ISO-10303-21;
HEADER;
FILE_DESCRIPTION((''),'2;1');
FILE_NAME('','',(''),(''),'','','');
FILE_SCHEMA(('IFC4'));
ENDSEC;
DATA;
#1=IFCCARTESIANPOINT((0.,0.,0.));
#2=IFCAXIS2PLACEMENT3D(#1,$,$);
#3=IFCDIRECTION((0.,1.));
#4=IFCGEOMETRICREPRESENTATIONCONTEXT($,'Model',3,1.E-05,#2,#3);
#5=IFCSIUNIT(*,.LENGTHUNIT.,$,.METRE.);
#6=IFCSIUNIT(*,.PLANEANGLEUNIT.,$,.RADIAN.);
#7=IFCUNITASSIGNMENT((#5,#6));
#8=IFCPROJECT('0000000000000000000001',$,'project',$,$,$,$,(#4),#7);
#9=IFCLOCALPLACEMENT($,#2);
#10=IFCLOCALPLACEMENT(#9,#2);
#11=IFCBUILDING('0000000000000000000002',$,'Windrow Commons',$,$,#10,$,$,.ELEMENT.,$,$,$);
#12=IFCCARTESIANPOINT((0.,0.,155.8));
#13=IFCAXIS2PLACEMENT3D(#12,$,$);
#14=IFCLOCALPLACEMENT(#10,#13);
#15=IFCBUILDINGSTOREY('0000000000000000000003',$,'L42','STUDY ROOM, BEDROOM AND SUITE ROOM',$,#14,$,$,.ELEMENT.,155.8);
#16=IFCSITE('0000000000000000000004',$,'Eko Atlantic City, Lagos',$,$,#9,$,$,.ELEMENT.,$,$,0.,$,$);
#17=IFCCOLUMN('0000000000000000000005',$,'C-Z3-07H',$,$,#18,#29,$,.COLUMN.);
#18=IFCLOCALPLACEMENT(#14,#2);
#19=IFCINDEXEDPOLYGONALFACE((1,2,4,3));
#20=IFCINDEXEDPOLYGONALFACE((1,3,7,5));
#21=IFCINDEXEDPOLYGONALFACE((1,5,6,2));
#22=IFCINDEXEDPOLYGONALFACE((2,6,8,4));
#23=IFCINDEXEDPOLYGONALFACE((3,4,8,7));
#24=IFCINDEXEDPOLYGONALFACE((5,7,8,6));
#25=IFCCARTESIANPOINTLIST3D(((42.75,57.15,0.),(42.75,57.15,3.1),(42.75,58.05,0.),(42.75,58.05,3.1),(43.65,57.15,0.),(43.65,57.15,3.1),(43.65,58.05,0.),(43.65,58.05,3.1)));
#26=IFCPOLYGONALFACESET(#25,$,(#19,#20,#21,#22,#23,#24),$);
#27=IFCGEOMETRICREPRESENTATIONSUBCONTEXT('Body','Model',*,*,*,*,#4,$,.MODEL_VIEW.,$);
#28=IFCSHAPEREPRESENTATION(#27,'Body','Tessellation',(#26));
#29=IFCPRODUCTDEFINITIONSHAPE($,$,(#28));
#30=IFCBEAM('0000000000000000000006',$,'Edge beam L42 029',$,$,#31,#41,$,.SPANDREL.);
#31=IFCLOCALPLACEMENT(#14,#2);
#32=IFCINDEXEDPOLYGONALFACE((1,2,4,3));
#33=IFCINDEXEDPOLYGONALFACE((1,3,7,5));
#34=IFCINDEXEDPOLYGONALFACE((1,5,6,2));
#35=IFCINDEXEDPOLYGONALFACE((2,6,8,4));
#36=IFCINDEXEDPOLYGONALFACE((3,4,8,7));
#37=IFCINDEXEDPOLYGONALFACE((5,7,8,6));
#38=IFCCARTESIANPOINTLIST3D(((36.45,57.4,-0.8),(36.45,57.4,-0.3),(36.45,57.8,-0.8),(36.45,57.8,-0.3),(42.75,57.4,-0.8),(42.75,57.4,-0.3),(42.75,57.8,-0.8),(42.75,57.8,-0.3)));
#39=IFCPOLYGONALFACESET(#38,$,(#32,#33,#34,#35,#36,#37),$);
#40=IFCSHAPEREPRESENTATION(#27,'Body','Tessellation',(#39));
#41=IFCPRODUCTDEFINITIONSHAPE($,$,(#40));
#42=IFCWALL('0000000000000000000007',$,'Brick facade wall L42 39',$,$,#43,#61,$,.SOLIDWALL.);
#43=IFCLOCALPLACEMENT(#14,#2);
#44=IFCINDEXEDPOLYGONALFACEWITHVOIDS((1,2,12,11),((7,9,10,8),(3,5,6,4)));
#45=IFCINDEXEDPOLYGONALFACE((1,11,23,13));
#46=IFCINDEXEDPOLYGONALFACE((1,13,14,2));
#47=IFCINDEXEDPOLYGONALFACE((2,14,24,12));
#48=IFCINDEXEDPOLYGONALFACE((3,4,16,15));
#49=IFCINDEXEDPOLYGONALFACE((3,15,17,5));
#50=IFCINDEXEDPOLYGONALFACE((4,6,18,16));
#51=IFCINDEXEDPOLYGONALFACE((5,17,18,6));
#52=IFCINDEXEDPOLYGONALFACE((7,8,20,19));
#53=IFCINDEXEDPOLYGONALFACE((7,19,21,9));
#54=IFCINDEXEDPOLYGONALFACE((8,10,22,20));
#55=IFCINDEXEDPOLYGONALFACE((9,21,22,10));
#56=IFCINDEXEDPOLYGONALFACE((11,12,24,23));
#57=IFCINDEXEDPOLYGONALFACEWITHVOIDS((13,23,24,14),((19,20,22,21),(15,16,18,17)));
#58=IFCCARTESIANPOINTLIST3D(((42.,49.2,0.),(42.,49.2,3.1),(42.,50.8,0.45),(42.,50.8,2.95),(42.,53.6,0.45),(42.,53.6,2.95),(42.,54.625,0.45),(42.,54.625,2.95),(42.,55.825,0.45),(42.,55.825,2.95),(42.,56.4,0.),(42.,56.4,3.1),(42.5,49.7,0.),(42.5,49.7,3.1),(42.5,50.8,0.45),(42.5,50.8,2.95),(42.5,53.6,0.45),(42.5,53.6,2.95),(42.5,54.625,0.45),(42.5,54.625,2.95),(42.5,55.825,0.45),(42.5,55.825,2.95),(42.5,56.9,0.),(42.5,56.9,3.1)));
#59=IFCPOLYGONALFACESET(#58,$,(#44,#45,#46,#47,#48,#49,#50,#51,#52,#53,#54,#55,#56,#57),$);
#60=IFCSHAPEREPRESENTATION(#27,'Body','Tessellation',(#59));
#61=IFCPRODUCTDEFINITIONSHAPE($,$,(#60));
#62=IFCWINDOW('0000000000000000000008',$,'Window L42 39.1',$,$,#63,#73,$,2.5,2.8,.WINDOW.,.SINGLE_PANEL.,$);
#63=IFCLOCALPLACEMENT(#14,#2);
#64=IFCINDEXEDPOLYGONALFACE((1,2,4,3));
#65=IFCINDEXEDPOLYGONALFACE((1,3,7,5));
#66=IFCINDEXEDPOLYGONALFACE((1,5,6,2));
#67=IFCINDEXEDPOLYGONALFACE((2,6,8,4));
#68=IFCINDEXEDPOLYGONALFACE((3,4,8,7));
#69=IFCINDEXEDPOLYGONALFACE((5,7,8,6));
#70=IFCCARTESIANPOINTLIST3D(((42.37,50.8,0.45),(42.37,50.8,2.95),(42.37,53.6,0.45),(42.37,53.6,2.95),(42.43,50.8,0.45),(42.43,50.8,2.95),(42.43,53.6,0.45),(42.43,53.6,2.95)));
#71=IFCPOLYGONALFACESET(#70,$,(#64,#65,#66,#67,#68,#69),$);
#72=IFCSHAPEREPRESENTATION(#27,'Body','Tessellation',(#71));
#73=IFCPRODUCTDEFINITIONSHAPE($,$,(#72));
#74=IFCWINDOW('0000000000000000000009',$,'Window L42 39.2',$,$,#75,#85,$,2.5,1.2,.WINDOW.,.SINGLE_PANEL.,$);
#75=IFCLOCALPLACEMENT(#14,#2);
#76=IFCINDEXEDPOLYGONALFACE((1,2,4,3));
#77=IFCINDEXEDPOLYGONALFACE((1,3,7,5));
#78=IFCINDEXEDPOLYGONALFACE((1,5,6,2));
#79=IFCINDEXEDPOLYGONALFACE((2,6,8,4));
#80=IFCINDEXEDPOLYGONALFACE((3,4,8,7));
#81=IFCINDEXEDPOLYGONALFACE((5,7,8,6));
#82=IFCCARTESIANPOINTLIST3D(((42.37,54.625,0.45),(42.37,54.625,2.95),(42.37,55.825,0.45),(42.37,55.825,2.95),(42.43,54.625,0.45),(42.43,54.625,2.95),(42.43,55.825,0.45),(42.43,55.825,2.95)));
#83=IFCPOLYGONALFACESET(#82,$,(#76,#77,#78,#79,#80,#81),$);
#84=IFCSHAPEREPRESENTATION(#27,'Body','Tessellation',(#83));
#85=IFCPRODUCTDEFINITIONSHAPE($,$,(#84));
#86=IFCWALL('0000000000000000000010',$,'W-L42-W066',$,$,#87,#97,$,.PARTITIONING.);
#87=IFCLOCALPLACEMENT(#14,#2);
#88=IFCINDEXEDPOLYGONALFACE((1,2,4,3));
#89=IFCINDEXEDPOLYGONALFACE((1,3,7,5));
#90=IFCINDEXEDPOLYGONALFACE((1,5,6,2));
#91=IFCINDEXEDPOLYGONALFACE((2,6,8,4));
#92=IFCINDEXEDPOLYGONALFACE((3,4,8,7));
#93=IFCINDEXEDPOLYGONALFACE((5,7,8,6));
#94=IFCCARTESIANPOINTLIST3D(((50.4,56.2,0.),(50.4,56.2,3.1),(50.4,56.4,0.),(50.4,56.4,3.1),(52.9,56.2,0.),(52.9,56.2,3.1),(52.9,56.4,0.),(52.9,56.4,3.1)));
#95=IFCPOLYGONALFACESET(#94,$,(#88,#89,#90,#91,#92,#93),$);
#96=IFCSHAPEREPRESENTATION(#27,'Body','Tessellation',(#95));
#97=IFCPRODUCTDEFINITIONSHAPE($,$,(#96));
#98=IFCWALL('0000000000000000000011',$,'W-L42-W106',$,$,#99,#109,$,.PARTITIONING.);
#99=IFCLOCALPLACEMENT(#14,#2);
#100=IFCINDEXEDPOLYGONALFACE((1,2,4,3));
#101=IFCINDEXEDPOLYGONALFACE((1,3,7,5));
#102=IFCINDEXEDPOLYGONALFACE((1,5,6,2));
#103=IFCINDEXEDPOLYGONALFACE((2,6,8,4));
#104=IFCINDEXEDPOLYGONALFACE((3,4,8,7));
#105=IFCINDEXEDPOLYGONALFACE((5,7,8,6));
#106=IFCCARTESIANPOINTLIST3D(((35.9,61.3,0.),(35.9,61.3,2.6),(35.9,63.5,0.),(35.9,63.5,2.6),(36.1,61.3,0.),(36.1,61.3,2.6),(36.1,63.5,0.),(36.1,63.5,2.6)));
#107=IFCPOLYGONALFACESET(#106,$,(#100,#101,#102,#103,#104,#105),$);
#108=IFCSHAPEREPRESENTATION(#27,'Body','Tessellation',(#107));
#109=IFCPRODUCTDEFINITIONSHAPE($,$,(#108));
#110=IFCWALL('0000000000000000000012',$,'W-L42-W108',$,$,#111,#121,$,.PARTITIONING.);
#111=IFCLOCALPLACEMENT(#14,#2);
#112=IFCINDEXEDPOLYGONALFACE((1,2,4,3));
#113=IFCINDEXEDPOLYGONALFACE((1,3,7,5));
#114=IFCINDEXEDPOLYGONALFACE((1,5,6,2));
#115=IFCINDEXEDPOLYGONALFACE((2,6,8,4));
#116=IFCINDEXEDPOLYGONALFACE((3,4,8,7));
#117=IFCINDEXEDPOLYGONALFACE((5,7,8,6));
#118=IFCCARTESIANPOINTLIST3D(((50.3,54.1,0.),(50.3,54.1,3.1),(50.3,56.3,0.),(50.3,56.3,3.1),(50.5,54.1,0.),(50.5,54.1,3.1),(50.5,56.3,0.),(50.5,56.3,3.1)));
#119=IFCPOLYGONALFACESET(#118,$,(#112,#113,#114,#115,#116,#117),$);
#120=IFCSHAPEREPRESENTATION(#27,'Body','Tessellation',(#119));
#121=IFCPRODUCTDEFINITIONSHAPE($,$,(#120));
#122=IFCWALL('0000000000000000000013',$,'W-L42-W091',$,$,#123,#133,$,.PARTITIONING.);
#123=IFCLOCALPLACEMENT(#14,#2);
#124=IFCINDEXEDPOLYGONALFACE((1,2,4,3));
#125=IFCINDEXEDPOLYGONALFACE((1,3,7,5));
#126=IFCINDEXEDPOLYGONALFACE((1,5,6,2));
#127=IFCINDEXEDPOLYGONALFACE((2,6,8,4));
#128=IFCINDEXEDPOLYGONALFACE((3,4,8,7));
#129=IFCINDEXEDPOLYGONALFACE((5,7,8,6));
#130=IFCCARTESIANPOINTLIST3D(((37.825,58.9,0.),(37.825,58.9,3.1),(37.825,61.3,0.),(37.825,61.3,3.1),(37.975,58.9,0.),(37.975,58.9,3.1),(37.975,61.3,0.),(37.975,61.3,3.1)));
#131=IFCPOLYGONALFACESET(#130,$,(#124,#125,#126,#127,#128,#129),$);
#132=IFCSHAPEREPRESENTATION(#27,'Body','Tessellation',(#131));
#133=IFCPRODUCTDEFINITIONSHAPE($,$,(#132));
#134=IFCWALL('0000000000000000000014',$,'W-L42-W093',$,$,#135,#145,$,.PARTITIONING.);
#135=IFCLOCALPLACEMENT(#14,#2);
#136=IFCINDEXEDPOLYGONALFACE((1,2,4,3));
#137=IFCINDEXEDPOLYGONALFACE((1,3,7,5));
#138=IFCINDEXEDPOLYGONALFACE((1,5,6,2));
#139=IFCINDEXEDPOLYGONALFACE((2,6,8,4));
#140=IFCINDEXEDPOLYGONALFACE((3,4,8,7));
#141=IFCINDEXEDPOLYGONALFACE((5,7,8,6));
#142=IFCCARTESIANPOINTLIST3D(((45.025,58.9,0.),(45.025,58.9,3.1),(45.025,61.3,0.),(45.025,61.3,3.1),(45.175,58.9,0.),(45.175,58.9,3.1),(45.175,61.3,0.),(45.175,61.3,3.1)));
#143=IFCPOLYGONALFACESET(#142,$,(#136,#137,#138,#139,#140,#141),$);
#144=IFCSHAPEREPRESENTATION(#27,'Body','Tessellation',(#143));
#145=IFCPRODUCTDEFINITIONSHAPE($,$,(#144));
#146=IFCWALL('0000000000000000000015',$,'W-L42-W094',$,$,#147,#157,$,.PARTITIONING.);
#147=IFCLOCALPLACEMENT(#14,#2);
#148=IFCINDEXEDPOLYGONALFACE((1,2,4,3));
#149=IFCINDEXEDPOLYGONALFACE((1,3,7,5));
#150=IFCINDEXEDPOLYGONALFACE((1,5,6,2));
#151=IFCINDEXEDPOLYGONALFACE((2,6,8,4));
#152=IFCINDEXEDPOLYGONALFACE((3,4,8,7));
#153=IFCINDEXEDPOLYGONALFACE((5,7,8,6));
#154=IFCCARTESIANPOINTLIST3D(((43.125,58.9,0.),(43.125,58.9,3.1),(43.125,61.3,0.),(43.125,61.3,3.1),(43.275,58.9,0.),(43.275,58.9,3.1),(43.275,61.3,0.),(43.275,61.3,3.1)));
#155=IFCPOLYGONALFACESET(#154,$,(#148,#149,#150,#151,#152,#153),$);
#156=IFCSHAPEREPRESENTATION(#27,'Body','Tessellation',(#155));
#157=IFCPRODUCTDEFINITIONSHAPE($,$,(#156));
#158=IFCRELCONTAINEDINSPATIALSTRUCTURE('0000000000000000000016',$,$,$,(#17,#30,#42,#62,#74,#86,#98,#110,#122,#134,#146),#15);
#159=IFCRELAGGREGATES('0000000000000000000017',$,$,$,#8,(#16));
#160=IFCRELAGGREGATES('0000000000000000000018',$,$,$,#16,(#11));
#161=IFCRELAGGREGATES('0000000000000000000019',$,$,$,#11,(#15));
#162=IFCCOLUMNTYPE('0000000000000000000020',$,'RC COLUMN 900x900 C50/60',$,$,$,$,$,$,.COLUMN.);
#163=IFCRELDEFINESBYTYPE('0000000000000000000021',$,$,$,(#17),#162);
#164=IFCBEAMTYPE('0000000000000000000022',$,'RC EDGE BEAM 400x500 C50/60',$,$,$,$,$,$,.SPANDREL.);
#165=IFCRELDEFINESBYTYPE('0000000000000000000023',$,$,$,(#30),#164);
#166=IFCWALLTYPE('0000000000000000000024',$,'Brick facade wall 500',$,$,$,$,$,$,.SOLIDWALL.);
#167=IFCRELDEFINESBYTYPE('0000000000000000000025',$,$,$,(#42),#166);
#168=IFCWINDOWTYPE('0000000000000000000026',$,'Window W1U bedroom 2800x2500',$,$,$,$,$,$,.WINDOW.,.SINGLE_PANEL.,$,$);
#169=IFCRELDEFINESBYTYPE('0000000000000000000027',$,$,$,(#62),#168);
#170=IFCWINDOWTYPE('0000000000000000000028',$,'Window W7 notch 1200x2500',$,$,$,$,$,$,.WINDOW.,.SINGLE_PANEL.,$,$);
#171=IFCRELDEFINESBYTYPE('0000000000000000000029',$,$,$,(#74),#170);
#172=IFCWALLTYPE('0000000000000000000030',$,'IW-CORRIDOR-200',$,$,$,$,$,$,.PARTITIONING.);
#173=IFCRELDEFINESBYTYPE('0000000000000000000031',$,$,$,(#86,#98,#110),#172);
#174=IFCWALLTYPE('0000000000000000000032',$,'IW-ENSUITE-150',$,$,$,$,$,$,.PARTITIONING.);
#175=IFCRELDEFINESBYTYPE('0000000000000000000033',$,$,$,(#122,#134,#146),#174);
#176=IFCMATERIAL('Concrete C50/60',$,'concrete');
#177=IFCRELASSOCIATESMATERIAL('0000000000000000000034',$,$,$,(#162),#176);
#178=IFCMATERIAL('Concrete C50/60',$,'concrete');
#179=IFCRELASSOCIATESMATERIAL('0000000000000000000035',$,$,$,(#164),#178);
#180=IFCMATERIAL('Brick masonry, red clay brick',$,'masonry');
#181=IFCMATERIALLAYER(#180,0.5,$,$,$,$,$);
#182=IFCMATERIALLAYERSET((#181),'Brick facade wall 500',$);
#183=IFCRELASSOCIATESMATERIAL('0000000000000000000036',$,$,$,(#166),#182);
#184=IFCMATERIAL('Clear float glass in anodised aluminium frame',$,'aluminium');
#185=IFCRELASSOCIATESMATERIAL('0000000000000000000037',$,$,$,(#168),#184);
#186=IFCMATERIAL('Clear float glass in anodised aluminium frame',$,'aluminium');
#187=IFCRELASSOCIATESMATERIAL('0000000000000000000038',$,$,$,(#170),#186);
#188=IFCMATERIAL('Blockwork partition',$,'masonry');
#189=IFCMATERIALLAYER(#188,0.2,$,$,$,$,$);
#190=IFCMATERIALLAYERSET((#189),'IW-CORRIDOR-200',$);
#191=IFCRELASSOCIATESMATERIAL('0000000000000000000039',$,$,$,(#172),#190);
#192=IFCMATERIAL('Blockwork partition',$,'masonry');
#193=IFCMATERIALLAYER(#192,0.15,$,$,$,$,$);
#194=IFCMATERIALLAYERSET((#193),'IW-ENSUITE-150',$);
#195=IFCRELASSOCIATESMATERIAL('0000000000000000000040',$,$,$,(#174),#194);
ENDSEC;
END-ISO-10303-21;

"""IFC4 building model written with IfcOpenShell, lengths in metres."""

from ifc_helpers import new_model, si_unit, direction, frame, frame_2d, origin, origin_2d, place, context, subcontext, project, spatial, polyline, rectangle, outline, extrude, material, layer, layer_set, material_profile, profile_set, type_object, element, fill, save


model = new_model("IFC4")

# Units and contexts
model_context = context("Model", 3, precision=1e-05, world=origin(), true_north=direction((0.0, 1.0)))
body_context = subcontext(model_context, "Body", "Model", "MODEL_VIEW")
ifc_project = project(units=[si_unit("LENGTHUNIT", "METRE"), si_unit("PLANEANGLEUNIT", "RADIAN")], contexts=[model_context])

# Site, building, storey
site_placement = place(None, origin())
site = spatial("IfcSite", under=ifc_project, at=site_placement, Name="Eko Atlantic City, Lagos", CompositionType="ELEMENT", RefElevation=0.0)
building_placement = place(site_placement, origin())
building = spatial("IfcBuilding", under=site, at=building_placement, Name="Windrow Commons", CompositionType="ELEMENT")
storey_placement = place(building_placement, frame((0.0, 0.0, 155.8)))
storey = spatial("IfcBuildingStorey", under=building, at=storey_placement, Name="L42", Description="STUDY ROOM, BEDROOM AND SUITE ROOM", CompositionType="ELEMENT", Elevation=155.8)

# Column
ifc_material_1 = material(Name="Concrete C50/60", Category="concrete")
ifc_material_profile_1 = material_profile(ifc_material_1, rectangle(XDim=0.9, YDim=0.9, at=origin_2d()))
ifc_profile_set_1 = profile_set([ifc_material_profile_1], Name="Concrete C50/60")
column_type = type_object("IfcColumnType", Name="RC COLUMN 900x900 C50/60", PredefinedType="COLUMN", material=ifc_profile_set_1)
column_placement = place(storey_placement, frame((43.2, 57.6, 0.0), z_axis=(0.0, 0.0, 1.0), x_axis=(1.0, 0.0, 0.0)))
element("IfcColumn", 1, at=column_placement, inside=storey, type_object=column_type, Name="C-Z3-07H", PredefinedType="COLUMN", context=body_context, shape_type="SweptSolid", body=[
    extrude(rectangle(XDim=0.9, YDim=0.9, at=origin_2d()), origin(), (0.0, 0.0, 1.0), 3.1),
])

# Beam
ifc_material_2 = material(Name="Concrete C50/60", Category="concrete")
ifc_material_profile_2 = material_profile(ifc_material_2, rectangle(XDim=0.4, YDim=0.5, at=origin_2d()))
ifc_profile_set_2 = profile_set([ifc_material_profile_2], Name="Concrete C50/60")
beam_type = type_object("IfcBeamType", Name="RC EDGE BEAM 400x500 C50/60", PredefinedType="SPANDREL", material=ifc_profile_set_2)
beam_placement = place(storey_placement, frame((42.75, 57.6, -0.55), z_axis=(-1.0, 0.0, 0.0), x_axis=(0.0, -1.0, 0.0)))
element("IfcBeam", 2, at=beam_placement, inside=storey, type_object=beam_type, Name="Edge beam L42 029", PredefinedType="SPANDREL", context=body_context, shape_type="SweptSolid", body=[
    extrude(rectangle(XDim=0.4, YDim=0.5, at=origin_2d()), origin(), (0.0, 0.0, 1.0), 6.3),
])

# Wall, openings, windows
ifc_material_3 = material(Name="Brick masonry, red clay brick", Category="masonry")
ifc_layer_1 = layer(ifc_material_3, 0.5)
ifc_layer_set_1 = layer_set([ifc_layer_1], Name="Brick facade wall 500")
wall_type_1 = type_object("IfcWallType", Name="Brick facade wall 500", PredefinedType="SOLIDWALL", material=ifc_layer_set_1)
wall_1_placement = place(storey_placement, frame((42.25, 56.65, 0.0), z_axis=(0.0, 0.0, 1.0), x_axis=(0.0, -1.0, 0.0)))
wall_1 = element("IfcWall", 3, at=wall_1_placement, inside=storey, type_object=wall_type_1, Name="Brick facade wall L42 39", PredefinedType="SOLIDWALL", context=body_context, shape_type="SweptSolid", body=[
    extrude(outline(polyline([(0.25, -0.25), (7.45, -0.25), (6.95, 0.25), (-0.25, 0.25), (0.25, -0.25)])), origin(), (0.0, 0.0, 1.0), 3.1),
])
opening_1_placement = place(wall_1_placement, frame((3.05, 0.0, 0.45)))
opening_1 = element("IfcOpeningElement", 4, at=opening_1_placement, cuts=wall_1, PredefinedType="OPENING", context=body_context, shape_type="SweptSolid", body=[
    extrude(rectangle(XDim=2.8, YDim=2.5, at=frame_2d((1.4, 1.25))), frame((0.0, 0.26, 0.0), z_axis=(0.0, -1.0, 0.0), x_axis=(1.0, 0.0, 0.0)), (0.0, 0.0, 1.0), 0.52),
])
opening_2_placement = place(wall_1_placement, frame((0.825, 0.0, 0.45)))
opening_2 = element("IfcOpeningElement", 5, at=opening_2_placement, cuts=wall_1, PredefinedType="OPENING", context=body_context, shape_type="SweptSolid", body=[
    extrude(rectangle(XDim=1.2, YDim=2.5, at=frame_2d((0.6, 1.25))), frame((0.0, 0.26, 0.0), z_axis=(0.0, -1.0, 0.0), x_axis=(1.0, 0.0, 0.0)), (0.0, 0.0, 1.0), 0.52),
])
ifc_material_4 = material(Name="Clear float glass in anodised aluminium frame", Category="aluminium")
window_type_1 = type_object("IfcWindowType", Name="Window W1U bedroom 2800x2500", PartitioningType="SINGLE_PANEL", PredefinedType="WINDOW", material=ifc_material_4)
window_1_placement = place(opening_1_placement, origin())
window_1 = element("IfcWindow", 6, at=window_1_placement, inside=storey, type_object=window_type_1, Name="Window L42 39.1", OverallHeight=2.5, OverallWidth=2.8, PartitioningType="SINGLE_PANEL", PredefinedType="WINDOW", context=body_context, shape_type="SweptSolid", body=[
    extrude(rectangle(XDim=2.8, YDim=2.5, at=frame_2d((1.4, 1.25))), frame((0.0, 0.18, 0.0), z_axis=(0.0, -1.0, 0.0), x_axis=(1.0, 0.0, 0.0)), (0.0, 0.0, 1.0), 0.06),
])
fill(opening_1, window_1)
ifc_material_5 = material(Name="Clear float glass in anodised aluminium frame", Category="aluminium")
window_type_2 = type_object("IfcWindowType", Name="Window W7 notch 1200x2500", PartitioningType="SINGLE_PANEL", PredefinedType="WINDOW", material=ifc_material_5)
window_2_placement = place(opening_2_placement, origin())
window_2 = element("IfcWindow", 7, at=window_2_placement, inside=storey, type_object=window_type_2, Name="Window L42 39.2", OverallHeight=2.5, OverallWidth=1.2, PartitioningType="SINGLE_PANEL", PredefinedType="WINDOW", context=body_context, shape_type="SweptSolid", body=[
    extrude(rectangle(XDim=1.2, YDim=2.5, at=frame_2d((0.6, 1.25))), frame((0.0, 0.18, 0.0), z_axis=(0.0, -1.0, 0.0), x_axis=(1.0, 0.0, 0.0)), (0.0, 0.0, 1.0), 0.06),
])
fill(opening_2, window_2)

# Walls
ifc_material_6 = material(Name="Blockwork partition", Category="masonry")
ifc_layer_2 = layer(ifc_material_6, 0.2)
ifc_layer_set_2 = layer_set([ifc_layer_2], Name="IW-CORRIDOR-200")
wall_type_2 = type_object("IfcWallType", Name="IW-CORRIDOR-200", PredefinedType="PARTITIONING", material=ifc_layer_set_2)
wall_2_placement = place(storey_placement, frame((50.4, 56.3, 0.0), z_axis=(0.0, 0.0, 1.0), x_axis=(1.0, 0.0, 0.0)))
element("IfcWall", 8, at=wall_2_placement, inside=storey, type_object=wall_type_2, Name="W-L42-W066", PredefinedType="PARTITIONING", context=body_context, shape_type="SweptSolid", body=[
    extrude(rectangle(XDim=2.5, YDim=0.2, at=frame_2d((1.25, 0.0))), origin(), (0.0, 0.0, 1.0), 3.1),
])
wall_3_placement = place(storey_placement, frame((36.0, 61.3, 0.0), z_axis=(0.0, 0.0, 1.0), x_axis=(0.0, 1.0, 0.0)))
element("IfcWall", 9, at=wall_3_placement, inside=storey, type_object=wall_type_2, Name="W-L42-W106", PredefinedType="PARTITIONING", context=body_context, shape_type="SweptSolid", body=[
    extrude(rectangle(XDim=2.2, YDim=0.2, at=frame_2d((1.1, 0.0))), origin(), (0.0, 0.0, 1.0), 2.6),
])
wall_4_placement = place(storey_placement, frame((50.4, 54.1, 0.0), z_axis=(0.0, 0.0, 1.0), x_axis=(0.0, 1.0, 0.0)))
element("IfcWall", 10, at=wall_4_placement, inside=storey, type_object=wall_type_2, Name="W-L42-W108", PredefinedType="PARTITIONING", context=body_context, shape_type="SweptSolid", body=[
    extrude(rectangle(XDim=2.2, YDim=0.2, at=frame_2d((1.1, 0.0))), origin(), (0.0, 0.0, 1.0), 3.1),
])
ifc_material_7 = material(Name="Blockwork partition", Category="masonry")
ifc_layer_3 = layer(ifc_material_7, 0.15)
ifc_layer_set_3 = layer_set([ifc_layer_3], Name="IW-ENSUITE-150")
wall_type_3 = type_object("IfcWallType", Name="IW-ENSUITE-150", PredefinedType="PARTITIONING", material=ifc_layer_set_3)
for number, where, z_axis, x_axis, name in (
    (11, (37.9, 58.9, 0.0), (0.0, 0.0, 1.0), (0.0, 1.0, 0.0), "W-L42-W091"),
    (12, (45.1, 58.9, 0.0), (0.0, 0.0, 1.0), (0.0, 1.0, 0.0), "W-L42-W093"),
    (13, (43.2, 58.9, 0.0), (0.0, 0.0, 1.0), (0.0, 1.0, 0.0), "W-L42-W094"),
):
    element("IfcWall", number, at=place(storey_placement, frame(where, z_axis=z_axis, x_axis=x_axis)), inside=storey, type_object=wall_type_3, Name=name, PredefinedType="PARTITIONING", context=body_context, shape_type="SweptSolid", body=[
        extrude(rectangle(XDim=2.4, YDim=0.15, at=frame_2d((1.2, 0.0))), origin(), (0.0, 0.0, 1.0), 3.1),
    ])

save(model, "model.ifc")
